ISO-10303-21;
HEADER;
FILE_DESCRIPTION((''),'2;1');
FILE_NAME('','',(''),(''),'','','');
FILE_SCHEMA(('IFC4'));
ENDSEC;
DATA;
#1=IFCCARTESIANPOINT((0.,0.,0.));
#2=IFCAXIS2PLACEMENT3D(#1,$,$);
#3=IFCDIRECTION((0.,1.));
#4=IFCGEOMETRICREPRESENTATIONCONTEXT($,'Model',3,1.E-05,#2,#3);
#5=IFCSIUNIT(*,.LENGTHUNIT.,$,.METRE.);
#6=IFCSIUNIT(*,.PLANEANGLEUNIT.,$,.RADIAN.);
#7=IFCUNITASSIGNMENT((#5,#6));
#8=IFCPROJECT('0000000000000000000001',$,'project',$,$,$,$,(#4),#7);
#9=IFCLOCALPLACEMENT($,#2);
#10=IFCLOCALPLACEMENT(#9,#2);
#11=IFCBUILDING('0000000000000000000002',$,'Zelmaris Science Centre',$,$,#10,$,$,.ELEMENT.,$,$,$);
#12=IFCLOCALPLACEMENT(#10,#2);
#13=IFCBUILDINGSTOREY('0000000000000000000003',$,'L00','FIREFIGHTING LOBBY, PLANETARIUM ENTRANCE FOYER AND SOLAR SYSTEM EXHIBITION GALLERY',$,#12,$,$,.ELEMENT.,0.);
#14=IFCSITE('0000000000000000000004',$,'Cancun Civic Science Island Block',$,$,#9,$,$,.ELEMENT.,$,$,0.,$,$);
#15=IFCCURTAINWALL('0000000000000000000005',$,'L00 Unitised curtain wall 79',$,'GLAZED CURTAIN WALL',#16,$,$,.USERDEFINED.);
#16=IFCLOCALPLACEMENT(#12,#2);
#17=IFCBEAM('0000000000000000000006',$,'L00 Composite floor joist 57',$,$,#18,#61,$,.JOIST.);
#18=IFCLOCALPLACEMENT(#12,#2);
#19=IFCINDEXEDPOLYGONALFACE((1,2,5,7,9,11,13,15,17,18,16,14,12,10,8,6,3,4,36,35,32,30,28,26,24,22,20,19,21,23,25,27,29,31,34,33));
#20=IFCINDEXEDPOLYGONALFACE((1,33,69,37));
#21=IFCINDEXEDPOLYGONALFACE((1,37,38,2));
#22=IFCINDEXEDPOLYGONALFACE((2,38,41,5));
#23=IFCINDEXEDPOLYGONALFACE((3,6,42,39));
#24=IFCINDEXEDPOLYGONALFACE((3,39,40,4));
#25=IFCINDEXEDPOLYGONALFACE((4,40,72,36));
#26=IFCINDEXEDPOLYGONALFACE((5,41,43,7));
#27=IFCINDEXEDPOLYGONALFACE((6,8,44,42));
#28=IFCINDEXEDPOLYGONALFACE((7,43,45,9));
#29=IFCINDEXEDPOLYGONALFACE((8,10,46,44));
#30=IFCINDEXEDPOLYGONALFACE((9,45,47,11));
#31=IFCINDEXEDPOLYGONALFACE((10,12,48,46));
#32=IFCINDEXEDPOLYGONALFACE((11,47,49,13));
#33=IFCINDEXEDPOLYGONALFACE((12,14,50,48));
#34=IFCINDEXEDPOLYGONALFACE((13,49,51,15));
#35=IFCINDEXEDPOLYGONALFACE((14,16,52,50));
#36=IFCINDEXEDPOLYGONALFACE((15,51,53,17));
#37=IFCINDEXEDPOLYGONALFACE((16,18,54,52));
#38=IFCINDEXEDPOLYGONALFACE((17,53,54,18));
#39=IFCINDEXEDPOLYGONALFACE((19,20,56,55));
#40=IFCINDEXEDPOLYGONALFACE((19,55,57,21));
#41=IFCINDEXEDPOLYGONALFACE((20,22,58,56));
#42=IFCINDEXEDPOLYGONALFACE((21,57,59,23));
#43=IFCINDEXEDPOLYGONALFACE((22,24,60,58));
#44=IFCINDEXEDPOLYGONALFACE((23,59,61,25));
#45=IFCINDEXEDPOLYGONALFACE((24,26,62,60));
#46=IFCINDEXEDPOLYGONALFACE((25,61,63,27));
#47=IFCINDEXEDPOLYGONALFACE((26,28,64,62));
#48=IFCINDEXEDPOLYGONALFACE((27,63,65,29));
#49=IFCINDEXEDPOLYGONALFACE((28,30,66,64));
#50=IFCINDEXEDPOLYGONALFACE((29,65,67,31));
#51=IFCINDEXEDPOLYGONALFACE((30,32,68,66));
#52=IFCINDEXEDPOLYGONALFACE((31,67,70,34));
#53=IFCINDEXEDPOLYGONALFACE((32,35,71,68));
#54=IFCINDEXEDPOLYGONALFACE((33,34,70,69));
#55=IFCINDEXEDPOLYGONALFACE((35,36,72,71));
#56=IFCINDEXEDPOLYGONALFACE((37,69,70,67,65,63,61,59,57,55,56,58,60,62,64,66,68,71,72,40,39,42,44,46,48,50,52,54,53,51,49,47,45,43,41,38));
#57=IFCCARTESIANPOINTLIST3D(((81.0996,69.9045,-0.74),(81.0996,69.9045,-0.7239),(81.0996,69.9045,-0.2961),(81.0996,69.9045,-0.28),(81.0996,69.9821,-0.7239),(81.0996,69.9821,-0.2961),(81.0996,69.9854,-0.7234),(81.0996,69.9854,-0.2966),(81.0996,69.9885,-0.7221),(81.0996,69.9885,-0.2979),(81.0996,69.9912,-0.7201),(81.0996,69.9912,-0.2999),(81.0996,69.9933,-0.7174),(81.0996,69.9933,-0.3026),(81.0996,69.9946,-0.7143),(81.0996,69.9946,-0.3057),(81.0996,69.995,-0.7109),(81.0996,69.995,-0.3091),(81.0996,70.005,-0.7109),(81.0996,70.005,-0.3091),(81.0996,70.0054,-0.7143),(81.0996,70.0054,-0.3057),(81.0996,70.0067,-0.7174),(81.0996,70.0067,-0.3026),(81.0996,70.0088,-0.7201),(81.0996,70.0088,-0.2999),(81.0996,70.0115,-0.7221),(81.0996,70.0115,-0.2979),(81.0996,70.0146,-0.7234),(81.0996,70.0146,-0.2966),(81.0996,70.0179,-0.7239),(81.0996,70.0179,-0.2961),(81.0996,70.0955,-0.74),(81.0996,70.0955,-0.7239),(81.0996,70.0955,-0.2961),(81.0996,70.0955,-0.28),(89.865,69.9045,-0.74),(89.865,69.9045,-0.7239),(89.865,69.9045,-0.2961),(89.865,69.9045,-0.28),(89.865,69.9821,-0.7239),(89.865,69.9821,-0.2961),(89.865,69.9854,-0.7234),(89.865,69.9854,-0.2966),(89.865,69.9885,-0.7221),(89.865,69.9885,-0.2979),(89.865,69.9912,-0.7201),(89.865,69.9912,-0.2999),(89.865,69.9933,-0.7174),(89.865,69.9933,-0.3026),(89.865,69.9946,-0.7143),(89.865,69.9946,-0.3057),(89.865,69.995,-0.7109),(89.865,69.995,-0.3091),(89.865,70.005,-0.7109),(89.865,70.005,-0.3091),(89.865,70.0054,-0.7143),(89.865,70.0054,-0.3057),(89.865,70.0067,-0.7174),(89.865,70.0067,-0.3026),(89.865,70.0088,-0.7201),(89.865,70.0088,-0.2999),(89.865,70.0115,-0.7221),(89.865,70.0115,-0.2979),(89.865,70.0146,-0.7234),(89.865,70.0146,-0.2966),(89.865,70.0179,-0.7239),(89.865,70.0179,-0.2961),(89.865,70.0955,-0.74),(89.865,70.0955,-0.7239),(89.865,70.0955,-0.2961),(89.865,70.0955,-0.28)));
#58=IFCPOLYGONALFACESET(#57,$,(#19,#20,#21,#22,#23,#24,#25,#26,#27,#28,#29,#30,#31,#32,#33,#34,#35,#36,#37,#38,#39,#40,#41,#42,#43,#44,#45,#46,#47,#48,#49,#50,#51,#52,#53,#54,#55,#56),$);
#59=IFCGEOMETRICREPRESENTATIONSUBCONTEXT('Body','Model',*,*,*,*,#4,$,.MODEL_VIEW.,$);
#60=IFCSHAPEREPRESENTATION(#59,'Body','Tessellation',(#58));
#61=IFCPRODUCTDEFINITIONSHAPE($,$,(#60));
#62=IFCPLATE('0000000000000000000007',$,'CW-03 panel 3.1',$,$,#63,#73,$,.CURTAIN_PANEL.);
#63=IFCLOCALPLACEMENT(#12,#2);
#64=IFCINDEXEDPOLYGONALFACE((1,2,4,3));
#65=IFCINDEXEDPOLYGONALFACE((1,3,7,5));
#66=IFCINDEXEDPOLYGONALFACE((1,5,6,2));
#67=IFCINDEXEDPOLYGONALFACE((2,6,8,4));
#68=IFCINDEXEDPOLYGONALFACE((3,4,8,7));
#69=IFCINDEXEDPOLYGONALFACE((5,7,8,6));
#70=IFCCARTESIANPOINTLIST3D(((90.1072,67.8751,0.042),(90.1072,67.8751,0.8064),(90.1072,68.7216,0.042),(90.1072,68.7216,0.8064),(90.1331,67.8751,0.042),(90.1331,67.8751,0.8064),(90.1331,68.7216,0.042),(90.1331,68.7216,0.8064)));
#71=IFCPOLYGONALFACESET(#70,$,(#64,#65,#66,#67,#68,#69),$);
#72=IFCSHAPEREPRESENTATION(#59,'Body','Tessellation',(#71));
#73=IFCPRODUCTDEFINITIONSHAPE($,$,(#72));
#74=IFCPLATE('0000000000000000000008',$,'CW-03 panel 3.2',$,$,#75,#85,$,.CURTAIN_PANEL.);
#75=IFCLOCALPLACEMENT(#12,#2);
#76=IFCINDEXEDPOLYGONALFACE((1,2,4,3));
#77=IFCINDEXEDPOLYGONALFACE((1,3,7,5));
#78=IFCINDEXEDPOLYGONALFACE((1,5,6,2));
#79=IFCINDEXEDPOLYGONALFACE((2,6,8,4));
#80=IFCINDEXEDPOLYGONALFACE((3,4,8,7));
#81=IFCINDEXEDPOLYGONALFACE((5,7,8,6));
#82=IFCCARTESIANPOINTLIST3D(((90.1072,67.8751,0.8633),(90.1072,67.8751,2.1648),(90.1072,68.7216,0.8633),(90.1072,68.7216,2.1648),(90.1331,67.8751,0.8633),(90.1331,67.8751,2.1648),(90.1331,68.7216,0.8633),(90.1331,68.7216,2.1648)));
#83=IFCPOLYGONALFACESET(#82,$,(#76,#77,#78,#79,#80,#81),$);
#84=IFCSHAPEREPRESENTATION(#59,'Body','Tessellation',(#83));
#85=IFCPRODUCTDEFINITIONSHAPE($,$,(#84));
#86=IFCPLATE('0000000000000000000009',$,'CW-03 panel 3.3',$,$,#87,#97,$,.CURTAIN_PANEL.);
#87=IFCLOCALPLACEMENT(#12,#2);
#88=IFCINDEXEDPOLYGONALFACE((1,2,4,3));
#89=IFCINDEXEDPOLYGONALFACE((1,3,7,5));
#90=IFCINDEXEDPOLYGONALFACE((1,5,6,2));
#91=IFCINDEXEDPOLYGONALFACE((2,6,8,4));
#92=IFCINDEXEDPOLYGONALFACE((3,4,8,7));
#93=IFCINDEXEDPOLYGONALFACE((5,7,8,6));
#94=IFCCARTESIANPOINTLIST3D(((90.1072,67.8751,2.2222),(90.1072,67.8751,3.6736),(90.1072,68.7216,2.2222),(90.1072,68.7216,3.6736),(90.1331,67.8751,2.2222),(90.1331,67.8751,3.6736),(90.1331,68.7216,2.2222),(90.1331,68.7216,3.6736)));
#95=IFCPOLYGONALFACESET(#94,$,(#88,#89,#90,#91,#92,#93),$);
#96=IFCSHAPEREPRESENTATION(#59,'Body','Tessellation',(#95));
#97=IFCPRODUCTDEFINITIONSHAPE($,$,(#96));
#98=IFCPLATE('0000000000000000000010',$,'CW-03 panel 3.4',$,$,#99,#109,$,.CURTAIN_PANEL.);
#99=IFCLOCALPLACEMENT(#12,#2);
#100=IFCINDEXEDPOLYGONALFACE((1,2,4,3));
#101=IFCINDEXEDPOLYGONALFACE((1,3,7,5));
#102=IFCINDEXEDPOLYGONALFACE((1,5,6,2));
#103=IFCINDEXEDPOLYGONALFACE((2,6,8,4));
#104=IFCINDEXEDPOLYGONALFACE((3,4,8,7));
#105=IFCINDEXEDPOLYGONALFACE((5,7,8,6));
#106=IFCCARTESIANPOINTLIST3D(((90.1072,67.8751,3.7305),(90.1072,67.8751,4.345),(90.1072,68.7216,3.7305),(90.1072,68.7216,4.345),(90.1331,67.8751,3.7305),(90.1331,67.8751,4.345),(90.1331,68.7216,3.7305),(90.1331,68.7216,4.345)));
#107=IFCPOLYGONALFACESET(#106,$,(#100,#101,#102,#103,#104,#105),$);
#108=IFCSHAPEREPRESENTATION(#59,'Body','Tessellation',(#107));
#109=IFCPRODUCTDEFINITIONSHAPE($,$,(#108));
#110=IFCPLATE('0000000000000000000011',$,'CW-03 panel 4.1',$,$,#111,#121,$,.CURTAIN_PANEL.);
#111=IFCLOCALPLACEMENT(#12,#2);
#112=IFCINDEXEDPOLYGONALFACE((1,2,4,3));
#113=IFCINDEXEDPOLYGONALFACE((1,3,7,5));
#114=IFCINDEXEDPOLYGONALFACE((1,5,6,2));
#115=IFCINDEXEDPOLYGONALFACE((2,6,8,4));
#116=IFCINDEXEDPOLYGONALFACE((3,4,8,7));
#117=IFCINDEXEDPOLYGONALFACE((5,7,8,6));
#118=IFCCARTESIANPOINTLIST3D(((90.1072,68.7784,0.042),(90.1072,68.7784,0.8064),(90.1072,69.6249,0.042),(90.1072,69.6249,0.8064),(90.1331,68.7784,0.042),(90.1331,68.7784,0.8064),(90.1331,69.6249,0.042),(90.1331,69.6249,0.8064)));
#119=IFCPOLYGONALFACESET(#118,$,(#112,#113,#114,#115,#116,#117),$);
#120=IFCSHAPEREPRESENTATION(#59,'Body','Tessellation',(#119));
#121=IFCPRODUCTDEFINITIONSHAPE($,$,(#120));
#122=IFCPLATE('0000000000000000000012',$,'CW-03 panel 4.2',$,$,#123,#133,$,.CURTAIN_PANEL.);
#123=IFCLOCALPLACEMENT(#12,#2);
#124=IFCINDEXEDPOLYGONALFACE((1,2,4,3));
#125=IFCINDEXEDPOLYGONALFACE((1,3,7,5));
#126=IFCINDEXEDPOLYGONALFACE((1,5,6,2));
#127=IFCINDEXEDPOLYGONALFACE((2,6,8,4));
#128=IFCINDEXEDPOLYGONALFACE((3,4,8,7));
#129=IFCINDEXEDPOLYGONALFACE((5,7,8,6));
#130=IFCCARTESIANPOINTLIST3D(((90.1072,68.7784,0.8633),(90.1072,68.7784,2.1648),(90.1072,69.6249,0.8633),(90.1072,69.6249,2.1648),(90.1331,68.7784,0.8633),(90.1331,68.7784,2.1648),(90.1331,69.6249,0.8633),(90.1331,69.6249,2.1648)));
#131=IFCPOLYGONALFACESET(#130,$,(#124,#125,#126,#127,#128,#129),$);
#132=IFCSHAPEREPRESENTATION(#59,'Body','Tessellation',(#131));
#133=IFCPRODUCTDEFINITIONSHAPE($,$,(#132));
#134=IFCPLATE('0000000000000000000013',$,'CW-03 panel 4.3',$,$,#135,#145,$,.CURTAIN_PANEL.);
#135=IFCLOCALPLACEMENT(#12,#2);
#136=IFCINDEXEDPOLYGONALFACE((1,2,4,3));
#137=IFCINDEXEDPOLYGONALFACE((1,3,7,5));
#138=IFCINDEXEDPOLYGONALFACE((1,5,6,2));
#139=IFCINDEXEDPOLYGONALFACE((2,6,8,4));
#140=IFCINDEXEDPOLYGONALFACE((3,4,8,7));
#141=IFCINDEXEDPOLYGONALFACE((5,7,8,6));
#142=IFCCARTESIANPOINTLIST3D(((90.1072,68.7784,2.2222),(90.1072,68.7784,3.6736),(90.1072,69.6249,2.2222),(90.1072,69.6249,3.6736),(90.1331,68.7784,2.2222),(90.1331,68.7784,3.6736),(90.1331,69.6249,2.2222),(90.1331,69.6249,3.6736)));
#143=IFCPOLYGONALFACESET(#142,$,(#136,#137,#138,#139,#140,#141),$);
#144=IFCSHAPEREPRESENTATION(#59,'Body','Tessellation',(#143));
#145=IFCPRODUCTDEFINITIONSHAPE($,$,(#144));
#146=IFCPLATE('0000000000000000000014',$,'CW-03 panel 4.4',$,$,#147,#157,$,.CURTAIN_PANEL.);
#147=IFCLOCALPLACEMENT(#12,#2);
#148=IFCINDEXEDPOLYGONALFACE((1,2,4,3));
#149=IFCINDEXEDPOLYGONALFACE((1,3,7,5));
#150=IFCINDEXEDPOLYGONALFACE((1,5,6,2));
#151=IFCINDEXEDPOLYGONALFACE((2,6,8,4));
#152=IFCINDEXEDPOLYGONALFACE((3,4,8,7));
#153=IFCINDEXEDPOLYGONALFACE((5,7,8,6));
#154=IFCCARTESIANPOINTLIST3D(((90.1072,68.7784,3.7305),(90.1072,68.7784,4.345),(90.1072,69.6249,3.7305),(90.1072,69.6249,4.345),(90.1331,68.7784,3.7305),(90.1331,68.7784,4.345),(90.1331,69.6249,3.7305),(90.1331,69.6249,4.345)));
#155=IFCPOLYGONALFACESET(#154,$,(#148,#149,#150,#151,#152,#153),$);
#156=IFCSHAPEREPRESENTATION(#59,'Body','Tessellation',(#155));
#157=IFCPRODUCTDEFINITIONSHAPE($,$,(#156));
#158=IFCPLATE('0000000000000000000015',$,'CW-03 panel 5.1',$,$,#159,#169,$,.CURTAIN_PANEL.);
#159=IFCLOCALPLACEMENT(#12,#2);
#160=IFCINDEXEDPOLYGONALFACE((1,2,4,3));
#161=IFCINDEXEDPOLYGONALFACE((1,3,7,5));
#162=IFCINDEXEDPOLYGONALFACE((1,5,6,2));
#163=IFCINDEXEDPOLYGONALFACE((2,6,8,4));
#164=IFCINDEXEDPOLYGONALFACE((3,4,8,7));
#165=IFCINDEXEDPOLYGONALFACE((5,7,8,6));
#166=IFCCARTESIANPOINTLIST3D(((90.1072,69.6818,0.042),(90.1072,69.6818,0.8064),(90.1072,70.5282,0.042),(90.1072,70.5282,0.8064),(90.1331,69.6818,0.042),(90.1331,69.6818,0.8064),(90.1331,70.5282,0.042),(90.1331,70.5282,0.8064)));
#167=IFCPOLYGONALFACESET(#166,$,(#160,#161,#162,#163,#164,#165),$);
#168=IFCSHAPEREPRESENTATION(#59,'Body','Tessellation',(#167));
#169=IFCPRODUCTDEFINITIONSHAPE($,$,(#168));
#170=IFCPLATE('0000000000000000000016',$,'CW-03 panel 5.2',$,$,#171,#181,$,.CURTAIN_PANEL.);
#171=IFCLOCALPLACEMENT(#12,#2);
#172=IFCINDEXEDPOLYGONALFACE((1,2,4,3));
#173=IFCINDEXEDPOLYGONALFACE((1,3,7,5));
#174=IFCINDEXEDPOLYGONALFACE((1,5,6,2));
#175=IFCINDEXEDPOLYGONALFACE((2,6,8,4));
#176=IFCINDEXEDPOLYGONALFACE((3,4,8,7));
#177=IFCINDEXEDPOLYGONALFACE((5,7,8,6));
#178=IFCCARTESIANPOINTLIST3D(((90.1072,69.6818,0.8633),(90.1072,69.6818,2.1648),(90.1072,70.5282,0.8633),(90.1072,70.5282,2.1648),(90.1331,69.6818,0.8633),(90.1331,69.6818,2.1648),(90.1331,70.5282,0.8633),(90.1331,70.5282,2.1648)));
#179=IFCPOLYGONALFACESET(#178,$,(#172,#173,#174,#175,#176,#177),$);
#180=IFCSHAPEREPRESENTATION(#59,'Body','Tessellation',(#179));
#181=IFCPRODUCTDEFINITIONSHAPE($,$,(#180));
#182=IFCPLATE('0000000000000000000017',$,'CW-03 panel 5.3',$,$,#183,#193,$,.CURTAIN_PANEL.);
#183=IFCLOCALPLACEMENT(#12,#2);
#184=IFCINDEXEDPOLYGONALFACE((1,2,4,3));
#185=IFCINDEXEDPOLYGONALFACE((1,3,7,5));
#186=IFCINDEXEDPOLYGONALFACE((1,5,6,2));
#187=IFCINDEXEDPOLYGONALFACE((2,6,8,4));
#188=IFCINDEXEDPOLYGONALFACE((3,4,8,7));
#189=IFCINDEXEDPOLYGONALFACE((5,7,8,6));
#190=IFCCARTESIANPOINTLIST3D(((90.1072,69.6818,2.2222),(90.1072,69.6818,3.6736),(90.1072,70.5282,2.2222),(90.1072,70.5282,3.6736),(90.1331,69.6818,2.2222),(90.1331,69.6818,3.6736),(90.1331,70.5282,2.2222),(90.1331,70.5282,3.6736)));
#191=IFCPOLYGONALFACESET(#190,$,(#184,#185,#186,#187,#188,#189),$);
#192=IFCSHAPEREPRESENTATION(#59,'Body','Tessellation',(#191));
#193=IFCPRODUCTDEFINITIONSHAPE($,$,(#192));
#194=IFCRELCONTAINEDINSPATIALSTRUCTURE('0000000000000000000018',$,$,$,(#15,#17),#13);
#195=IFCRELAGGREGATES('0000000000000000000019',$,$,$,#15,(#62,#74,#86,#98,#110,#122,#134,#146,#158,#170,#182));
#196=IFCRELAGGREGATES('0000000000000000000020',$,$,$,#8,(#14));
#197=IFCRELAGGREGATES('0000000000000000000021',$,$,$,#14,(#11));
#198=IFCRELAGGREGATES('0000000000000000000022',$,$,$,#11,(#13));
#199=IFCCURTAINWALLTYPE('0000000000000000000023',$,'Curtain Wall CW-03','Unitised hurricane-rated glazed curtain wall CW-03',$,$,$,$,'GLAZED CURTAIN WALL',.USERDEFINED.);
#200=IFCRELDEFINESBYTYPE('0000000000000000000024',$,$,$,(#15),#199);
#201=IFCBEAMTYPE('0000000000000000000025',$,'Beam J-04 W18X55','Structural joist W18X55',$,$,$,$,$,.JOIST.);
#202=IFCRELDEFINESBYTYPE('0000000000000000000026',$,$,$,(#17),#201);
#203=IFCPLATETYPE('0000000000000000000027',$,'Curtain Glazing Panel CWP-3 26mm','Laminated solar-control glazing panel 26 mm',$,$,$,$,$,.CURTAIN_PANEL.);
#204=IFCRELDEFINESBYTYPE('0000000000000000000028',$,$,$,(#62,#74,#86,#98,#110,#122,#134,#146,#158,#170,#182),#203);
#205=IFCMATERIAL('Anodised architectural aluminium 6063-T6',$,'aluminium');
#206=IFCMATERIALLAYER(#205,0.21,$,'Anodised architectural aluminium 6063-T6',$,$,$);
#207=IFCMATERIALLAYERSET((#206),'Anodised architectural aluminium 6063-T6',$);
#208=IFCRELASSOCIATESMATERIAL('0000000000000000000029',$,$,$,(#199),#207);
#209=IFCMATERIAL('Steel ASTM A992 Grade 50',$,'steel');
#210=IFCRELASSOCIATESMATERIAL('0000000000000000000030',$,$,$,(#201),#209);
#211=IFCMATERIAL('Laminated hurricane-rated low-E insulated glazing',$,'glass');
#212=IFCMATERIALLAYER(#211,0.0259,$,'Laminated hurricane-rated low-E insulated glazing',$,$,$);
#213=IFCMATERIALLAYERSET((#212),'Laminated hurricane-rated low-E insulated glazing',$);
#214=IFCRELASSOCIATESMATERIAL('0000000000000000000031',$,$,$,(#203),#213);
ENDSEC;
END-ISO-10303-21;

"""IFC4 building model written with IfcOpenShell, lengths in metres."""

from ifc_helpers import new_model, si_unit, direction, frame, origin, origin_2d, place, context, subcontext, project, spatial, rectangle, i_section, extrude, material, layer, layer_set, material_profile, profile_set, type_object, element, aggregate, save


model = new_model("IFC4")

# Units and contexts
model_context = context("Model", 3, precision=1e-05, world=origin(), true_north=direction((0.0, 1.0)))
body_context = subcontext(model_context, "Body", "Model", "MODEL_VIEW")
ifc_project = project(units=[si_unit("LENGTHUNIT", "METRE"), si_unit("PLANEANGLEUNIT", "RADIAN")], contexts=[model_context])

# Site, building, storey
site_placement = place(None, origin())
site = spatial("IfcSite", under=ifc_project, at=site_placement, Name="Cancun Civic Science Island Block", CompositionType="ELEMENT", RefElevation=0.0)
building_placement = place(site_placement, origin())
building = spatial("IfcBuilding", under=site, at=building_placement, Name="Zelmaris Science Centre", CompositionType="ELEMENT")
storey_placement = place(building_placement, origin())
storey = spatial("IfcBuildingStorey", under=building, at=storey_placement, Name="L00", Description="FIREFIGHTING LOBBY, PLANETARIUM ENTRANCE FOYER AND SOLAR SYSTEM EXHIBITION GALLERY", CompositionType="ELEMENT", Elevation=0.0)

# Curtain wall
ifc_material_1 = material(Name="Anodised architectural aluminium 6063-T6", Category="aluminium")
ifc_layer_1 = layer(ifc_material_1, 0.21, Name="Anodised architectural aluminium 6063-T6")
ifc_layer_set_1 = layer_set([ifc_layer_1], Name="Anodised architectural aluminium 6063-T6")
curtain_wall_type = type_object("IfcCurtainWallType", Name="Curtain Wall CW-03", Description="Unitised hurricane-rated glazed curtain wall CW-03", ElementType="GLAZED CURTAIN WALL", PredefinedType="USERDEFINED", material=ifc_layer_set_1)
curtain_wall_placement = place(storey_placement, origin())
curtain_wall = element("IfcCurtainWall", 1, at=curtain_wall_placement, inside=storey, type_object=curtain_wall_type, Name="L00 Unitised curtain wall 79", ObjectType="GLAZED CURTAIN WALL", PredefinedType="USERDEFINED")

# Beam
ifc_material_2 = material(Name="Steel ASTM A992 Grade 50", Category="steel")
ifc_material_profile_1 = material_profile(ifc_material_2, i_section(OverallWidth=0.1909, OverallDepth=0.46, WebThickness=0.01, FlangeThickness=0.0161, FilletRadius=0.0129, at=origin_2d()), Name="W18X55")
ifc_profile_set_1 = profile_set([ifc_material_profile_1], Name="Steel ASTM A992 Grade 50")
beam_type_1 = type_object("IfcBeamType", Name="Beam J-04 W18X55", Description="Structural joist W18X55", PredefinedType="JOIST", material=ifc_profile_set_1)
beam_1_placement = place(storey_placement, frame((81.0996, 70.0, -0.51), z_axis=(1.0, 0.0, 0.0), x_axis=(0.0, 1.0, 0.0)))
element("IfcBeam", 2, at=beam_1_placement, inside=storey, type_object=beam_type_1, Name="L00 Composite floor joist 57", PredefinedType="JOIST", context=body_context, shape_type="SweptSolid", body=[
    extrude(i_section(OverallWidth=0.1909, OverallDepth=0.46, WebThickness=0.01, FlangeThickness=0.0161, FilletRadius=0.0129, at=origin_2d()), origin(), (0.0, 0.0, 1.0), 8.7654),
])

# Plates
ifc_material_3 = material(Name="Laminated hurricane-rated low-E insulated glazing", Category="glass")
ifc_layer_2 = layer(ifc_material_3, 0.0259, Name="Laminated hurricane-rated low-E insulated glazing")
ifc_layer_set_2 = layer_set([ifc_layer_2], Name="Laminated hurricane-rated low-E insulated glazing")
plate_type = type_object("IfcPlateType", Name="Curtain Glazing Panel CWP-3 26mm", Description="Laminated solar-control glazing panel 26 mm", PredefinedType="CURTAIN_PANEL", material=ifc_layer_set_2)
plate_1_placement = place(storey_placement, frame((90.1201, 68.2983, 0.042), z_axis=(0.0, 0.0, 1.0), x_axis=(0.0, 1.0, 0.0)))
plate_1 = element("IfcPlate", 3, at=plate_1_placement, type_object=plate_type, Name="CW-03 panel 3.1", PredefinedType="CURTAIN_PANEL", context=body_context, shape_type="SweptSolid", body=[
    extrude(rectangle(XDim=0.8464, YDim=0.0259, at=origin_2d()), origin(), (0.0, 0.0, 1.0), 0.7644),
])
plate_2_placement = place(storey_placement, frame((90.1201, 68.2983, 0.8633), z_axis=(0.0, 0.0, 1.0), x_axis=(0.0, 1.0, 0.0)))
plate_2 = element("IfcPlate", 4, at=plate_2_placement, type_object=plate_type, Name="CW-03 panel 3.2", PredefinedType="CURTAIN_PANEL", context=body_context, shape_type="SweptSolid", body=[
    extrude(rectangle(XDim=0.8464, YDim=0.0259, at=origin_2d()), origin(), (0.0, 0.0, 1.0), 1.3015),
])
plate_3_placement = place(storey_placement, frame((90.1201, 68.2983, 2.2222), z_axis=(0.0, 0.0, 1.0), x_axis=(0.0, 1.0, 0.0)))
plate_3 = element("IfcPlate", 5, at=plate_3_placement, type_object=plate_type, Name="CW-03 panel 3.3", PredefinedType="CURTAIN_PANEL", context=body_context, shape_type="SweptSolid", body=[
    extrude(rectangle(XDim=0.8464, YDim=0.0259, at=origin_2d()), origin(), (0.0, 0.0, 1.0), 1.4514),
])
plate_4_placement = place(storey_placement, frame((90.1201, 68.2983, 3.7305), z_axis=(0.0, 0.0, 1.0), x_axis=(0.0, 1.0, 0.0)))
plate_4 = element("IfcPlate", 6, at=plate_4_placement, type_object=plate_type, Name="CW-03 panel 3.4", PredefinedType="CURTAIN_PANEL", context=body_context, shape_type="SweptSolid", body=[
    extrude(rectangle(XDim=0.8464, YDim=0.0259, at=origin_2d()), origin(), (0.0, 0.0, 1.0), 0.6145),
])
plate_5_placement = place(storey_placement, frame((90.1201, 69.2017, 0.042), z_axis=(0.0, 0.0, 1.0), x_axis=(0.0, 1.0, 0.0)))
plate_5 = element("IfcPlate", 7, at=plate_5_placement, type_object=plate_type, Name="CW-03 panel 4.1", PredefinedType="CURTAIN_PANEL", context=body_context, shape_type="SweptSolid", body=[
    extrude(rectangle(XDim=0.8464, YDim=0.0259, at=origin_2d()), origin(), (0.0, 0.0, 1.0), 0.7644),
])
plate_6_placement = place(storey_placement, frame((90.1201, 69.2017, 0.8633), z_axis=(0.0, 0.0, 1.0), x_axis=(0.0, 1.0, 0.0)))
plate_6 = element("IfcPlate", 8, at=plate_6_placement, type_object=plate_type, Name="CW-03 panel 4.2", PredefinedType="CURTAIN_PANEL", context=body_context, shape_type="SweptSolid", body=[
    extrude(rectangle(XDim=0.8464, YDim=0.0259, at=origin_2d()), origin(), (0.0, 0.0, 1.0), 1.3015),
])
plate_7_placement = place(storey_placement, frame((90.1201, 69.2017, 2.2222), z_axis=(0.0, 0.0, 1.0), x_axis=(0.0, 1.0, 0.0)))
plate_7 = element("IfcPlate", 9, at=plate_7_placement, type_object=plate_type, Name="CW-03 panel 4.3", PredefinedType="CURTAIN_PANEL", context=body_context, shape_type="SweptSolid", body=[
    extrude(rectangle(XDim=0.8464, YDim=0.0259, at=origin_2d()), origin(), (0.0, 0.0, 1.0), 1.4514),
])
plate_8_placement = place(storey_placement, frame((90.1201, 69.2017, 3.7305), z_axis=(0.0, 0.0, 1.0), x_axis=(0.0, 1.0, 0.0)))
plate_8 = element("IfcPlate", 10, at=plate_8_placement, type_object=plate_type, Name="CW-03 panel 4.4", PredefinedType="CURTAIN_PANEL", context=body_context, shape_type="SweptSolid", body=[
    extrude(rectangle(XDim=0.8464, YDim=0.0259, at=origin_2d()), origin(), (0.0, 0.0, 1.0), 0.6145),
])
plate_9_placement = place(storey_placement, frame((90.1201, 70.105, 0.042), z_axis=(0.0, 0.0, 1.0), x_axis=(0.0, 1.0, 0.0)))
plate_9 = element("IfcPlate", 11, at=plate_9_placement, type_object=plate_type, Name="CW-03 panel 5.1", PredefinedType="CURTAIN_PANEL", context=body_context, shape_type="SweptSolid", body=[
    extrude(rectangle(XDim=0.8464, YDim=0.0259, at=origin_2d()), origin(), (0.0, 0.0, 1.0), 0.7644),
])
plate_10_placement = place(storey_placement, frame((90.1201, 70.105, 0.8633), z_axis=(0.0, 0.0, 1.0), x_axis=(0.0, 1.0, 0.0)))
plate_10 = element("IfcPlate", 12, at=plate_10_placement, type_object=plate_type, Name="CW-03 panel 5.2", PredefinedType="CURTAIN_PANEL", context=body_context, shape_type="SweptSolid", body=[
    extrude(rectangle(XDim=0.8464, YDim=0.0259, at=origin_2d()), origin(), (0.0, 0.0, 1.0), 1.3015),
])
plate_11_placement = place(storey_placement, frame((90.1201, 70.105, 2.2222), z_axis=(0.0, 0.0, 1.0), x_axis=(0.0, 1.0, 0.0)))
plate_11 = element("IfcPlate", 13, at=plate_11_placement, type_object=plate_type, Name="CW-03 panel 5.3", PredefinedType="CURTAIN_PANEL", context=body_context, shape_type="SweptSolid", body=[
    extrude(rectangle(XDim=0.8464, YDim=0.0259, at=origin_2d()), origin(), (0.0, 0.0, 1.0), 1.4514),
])
aggregate(curtain_wall, [plate_1, plate_2, plate_3, plate_4, plate_5, plate_6, plate_7, plate_8, plate_9, plate_10, plate_11])

save(model, "model.ifc")
